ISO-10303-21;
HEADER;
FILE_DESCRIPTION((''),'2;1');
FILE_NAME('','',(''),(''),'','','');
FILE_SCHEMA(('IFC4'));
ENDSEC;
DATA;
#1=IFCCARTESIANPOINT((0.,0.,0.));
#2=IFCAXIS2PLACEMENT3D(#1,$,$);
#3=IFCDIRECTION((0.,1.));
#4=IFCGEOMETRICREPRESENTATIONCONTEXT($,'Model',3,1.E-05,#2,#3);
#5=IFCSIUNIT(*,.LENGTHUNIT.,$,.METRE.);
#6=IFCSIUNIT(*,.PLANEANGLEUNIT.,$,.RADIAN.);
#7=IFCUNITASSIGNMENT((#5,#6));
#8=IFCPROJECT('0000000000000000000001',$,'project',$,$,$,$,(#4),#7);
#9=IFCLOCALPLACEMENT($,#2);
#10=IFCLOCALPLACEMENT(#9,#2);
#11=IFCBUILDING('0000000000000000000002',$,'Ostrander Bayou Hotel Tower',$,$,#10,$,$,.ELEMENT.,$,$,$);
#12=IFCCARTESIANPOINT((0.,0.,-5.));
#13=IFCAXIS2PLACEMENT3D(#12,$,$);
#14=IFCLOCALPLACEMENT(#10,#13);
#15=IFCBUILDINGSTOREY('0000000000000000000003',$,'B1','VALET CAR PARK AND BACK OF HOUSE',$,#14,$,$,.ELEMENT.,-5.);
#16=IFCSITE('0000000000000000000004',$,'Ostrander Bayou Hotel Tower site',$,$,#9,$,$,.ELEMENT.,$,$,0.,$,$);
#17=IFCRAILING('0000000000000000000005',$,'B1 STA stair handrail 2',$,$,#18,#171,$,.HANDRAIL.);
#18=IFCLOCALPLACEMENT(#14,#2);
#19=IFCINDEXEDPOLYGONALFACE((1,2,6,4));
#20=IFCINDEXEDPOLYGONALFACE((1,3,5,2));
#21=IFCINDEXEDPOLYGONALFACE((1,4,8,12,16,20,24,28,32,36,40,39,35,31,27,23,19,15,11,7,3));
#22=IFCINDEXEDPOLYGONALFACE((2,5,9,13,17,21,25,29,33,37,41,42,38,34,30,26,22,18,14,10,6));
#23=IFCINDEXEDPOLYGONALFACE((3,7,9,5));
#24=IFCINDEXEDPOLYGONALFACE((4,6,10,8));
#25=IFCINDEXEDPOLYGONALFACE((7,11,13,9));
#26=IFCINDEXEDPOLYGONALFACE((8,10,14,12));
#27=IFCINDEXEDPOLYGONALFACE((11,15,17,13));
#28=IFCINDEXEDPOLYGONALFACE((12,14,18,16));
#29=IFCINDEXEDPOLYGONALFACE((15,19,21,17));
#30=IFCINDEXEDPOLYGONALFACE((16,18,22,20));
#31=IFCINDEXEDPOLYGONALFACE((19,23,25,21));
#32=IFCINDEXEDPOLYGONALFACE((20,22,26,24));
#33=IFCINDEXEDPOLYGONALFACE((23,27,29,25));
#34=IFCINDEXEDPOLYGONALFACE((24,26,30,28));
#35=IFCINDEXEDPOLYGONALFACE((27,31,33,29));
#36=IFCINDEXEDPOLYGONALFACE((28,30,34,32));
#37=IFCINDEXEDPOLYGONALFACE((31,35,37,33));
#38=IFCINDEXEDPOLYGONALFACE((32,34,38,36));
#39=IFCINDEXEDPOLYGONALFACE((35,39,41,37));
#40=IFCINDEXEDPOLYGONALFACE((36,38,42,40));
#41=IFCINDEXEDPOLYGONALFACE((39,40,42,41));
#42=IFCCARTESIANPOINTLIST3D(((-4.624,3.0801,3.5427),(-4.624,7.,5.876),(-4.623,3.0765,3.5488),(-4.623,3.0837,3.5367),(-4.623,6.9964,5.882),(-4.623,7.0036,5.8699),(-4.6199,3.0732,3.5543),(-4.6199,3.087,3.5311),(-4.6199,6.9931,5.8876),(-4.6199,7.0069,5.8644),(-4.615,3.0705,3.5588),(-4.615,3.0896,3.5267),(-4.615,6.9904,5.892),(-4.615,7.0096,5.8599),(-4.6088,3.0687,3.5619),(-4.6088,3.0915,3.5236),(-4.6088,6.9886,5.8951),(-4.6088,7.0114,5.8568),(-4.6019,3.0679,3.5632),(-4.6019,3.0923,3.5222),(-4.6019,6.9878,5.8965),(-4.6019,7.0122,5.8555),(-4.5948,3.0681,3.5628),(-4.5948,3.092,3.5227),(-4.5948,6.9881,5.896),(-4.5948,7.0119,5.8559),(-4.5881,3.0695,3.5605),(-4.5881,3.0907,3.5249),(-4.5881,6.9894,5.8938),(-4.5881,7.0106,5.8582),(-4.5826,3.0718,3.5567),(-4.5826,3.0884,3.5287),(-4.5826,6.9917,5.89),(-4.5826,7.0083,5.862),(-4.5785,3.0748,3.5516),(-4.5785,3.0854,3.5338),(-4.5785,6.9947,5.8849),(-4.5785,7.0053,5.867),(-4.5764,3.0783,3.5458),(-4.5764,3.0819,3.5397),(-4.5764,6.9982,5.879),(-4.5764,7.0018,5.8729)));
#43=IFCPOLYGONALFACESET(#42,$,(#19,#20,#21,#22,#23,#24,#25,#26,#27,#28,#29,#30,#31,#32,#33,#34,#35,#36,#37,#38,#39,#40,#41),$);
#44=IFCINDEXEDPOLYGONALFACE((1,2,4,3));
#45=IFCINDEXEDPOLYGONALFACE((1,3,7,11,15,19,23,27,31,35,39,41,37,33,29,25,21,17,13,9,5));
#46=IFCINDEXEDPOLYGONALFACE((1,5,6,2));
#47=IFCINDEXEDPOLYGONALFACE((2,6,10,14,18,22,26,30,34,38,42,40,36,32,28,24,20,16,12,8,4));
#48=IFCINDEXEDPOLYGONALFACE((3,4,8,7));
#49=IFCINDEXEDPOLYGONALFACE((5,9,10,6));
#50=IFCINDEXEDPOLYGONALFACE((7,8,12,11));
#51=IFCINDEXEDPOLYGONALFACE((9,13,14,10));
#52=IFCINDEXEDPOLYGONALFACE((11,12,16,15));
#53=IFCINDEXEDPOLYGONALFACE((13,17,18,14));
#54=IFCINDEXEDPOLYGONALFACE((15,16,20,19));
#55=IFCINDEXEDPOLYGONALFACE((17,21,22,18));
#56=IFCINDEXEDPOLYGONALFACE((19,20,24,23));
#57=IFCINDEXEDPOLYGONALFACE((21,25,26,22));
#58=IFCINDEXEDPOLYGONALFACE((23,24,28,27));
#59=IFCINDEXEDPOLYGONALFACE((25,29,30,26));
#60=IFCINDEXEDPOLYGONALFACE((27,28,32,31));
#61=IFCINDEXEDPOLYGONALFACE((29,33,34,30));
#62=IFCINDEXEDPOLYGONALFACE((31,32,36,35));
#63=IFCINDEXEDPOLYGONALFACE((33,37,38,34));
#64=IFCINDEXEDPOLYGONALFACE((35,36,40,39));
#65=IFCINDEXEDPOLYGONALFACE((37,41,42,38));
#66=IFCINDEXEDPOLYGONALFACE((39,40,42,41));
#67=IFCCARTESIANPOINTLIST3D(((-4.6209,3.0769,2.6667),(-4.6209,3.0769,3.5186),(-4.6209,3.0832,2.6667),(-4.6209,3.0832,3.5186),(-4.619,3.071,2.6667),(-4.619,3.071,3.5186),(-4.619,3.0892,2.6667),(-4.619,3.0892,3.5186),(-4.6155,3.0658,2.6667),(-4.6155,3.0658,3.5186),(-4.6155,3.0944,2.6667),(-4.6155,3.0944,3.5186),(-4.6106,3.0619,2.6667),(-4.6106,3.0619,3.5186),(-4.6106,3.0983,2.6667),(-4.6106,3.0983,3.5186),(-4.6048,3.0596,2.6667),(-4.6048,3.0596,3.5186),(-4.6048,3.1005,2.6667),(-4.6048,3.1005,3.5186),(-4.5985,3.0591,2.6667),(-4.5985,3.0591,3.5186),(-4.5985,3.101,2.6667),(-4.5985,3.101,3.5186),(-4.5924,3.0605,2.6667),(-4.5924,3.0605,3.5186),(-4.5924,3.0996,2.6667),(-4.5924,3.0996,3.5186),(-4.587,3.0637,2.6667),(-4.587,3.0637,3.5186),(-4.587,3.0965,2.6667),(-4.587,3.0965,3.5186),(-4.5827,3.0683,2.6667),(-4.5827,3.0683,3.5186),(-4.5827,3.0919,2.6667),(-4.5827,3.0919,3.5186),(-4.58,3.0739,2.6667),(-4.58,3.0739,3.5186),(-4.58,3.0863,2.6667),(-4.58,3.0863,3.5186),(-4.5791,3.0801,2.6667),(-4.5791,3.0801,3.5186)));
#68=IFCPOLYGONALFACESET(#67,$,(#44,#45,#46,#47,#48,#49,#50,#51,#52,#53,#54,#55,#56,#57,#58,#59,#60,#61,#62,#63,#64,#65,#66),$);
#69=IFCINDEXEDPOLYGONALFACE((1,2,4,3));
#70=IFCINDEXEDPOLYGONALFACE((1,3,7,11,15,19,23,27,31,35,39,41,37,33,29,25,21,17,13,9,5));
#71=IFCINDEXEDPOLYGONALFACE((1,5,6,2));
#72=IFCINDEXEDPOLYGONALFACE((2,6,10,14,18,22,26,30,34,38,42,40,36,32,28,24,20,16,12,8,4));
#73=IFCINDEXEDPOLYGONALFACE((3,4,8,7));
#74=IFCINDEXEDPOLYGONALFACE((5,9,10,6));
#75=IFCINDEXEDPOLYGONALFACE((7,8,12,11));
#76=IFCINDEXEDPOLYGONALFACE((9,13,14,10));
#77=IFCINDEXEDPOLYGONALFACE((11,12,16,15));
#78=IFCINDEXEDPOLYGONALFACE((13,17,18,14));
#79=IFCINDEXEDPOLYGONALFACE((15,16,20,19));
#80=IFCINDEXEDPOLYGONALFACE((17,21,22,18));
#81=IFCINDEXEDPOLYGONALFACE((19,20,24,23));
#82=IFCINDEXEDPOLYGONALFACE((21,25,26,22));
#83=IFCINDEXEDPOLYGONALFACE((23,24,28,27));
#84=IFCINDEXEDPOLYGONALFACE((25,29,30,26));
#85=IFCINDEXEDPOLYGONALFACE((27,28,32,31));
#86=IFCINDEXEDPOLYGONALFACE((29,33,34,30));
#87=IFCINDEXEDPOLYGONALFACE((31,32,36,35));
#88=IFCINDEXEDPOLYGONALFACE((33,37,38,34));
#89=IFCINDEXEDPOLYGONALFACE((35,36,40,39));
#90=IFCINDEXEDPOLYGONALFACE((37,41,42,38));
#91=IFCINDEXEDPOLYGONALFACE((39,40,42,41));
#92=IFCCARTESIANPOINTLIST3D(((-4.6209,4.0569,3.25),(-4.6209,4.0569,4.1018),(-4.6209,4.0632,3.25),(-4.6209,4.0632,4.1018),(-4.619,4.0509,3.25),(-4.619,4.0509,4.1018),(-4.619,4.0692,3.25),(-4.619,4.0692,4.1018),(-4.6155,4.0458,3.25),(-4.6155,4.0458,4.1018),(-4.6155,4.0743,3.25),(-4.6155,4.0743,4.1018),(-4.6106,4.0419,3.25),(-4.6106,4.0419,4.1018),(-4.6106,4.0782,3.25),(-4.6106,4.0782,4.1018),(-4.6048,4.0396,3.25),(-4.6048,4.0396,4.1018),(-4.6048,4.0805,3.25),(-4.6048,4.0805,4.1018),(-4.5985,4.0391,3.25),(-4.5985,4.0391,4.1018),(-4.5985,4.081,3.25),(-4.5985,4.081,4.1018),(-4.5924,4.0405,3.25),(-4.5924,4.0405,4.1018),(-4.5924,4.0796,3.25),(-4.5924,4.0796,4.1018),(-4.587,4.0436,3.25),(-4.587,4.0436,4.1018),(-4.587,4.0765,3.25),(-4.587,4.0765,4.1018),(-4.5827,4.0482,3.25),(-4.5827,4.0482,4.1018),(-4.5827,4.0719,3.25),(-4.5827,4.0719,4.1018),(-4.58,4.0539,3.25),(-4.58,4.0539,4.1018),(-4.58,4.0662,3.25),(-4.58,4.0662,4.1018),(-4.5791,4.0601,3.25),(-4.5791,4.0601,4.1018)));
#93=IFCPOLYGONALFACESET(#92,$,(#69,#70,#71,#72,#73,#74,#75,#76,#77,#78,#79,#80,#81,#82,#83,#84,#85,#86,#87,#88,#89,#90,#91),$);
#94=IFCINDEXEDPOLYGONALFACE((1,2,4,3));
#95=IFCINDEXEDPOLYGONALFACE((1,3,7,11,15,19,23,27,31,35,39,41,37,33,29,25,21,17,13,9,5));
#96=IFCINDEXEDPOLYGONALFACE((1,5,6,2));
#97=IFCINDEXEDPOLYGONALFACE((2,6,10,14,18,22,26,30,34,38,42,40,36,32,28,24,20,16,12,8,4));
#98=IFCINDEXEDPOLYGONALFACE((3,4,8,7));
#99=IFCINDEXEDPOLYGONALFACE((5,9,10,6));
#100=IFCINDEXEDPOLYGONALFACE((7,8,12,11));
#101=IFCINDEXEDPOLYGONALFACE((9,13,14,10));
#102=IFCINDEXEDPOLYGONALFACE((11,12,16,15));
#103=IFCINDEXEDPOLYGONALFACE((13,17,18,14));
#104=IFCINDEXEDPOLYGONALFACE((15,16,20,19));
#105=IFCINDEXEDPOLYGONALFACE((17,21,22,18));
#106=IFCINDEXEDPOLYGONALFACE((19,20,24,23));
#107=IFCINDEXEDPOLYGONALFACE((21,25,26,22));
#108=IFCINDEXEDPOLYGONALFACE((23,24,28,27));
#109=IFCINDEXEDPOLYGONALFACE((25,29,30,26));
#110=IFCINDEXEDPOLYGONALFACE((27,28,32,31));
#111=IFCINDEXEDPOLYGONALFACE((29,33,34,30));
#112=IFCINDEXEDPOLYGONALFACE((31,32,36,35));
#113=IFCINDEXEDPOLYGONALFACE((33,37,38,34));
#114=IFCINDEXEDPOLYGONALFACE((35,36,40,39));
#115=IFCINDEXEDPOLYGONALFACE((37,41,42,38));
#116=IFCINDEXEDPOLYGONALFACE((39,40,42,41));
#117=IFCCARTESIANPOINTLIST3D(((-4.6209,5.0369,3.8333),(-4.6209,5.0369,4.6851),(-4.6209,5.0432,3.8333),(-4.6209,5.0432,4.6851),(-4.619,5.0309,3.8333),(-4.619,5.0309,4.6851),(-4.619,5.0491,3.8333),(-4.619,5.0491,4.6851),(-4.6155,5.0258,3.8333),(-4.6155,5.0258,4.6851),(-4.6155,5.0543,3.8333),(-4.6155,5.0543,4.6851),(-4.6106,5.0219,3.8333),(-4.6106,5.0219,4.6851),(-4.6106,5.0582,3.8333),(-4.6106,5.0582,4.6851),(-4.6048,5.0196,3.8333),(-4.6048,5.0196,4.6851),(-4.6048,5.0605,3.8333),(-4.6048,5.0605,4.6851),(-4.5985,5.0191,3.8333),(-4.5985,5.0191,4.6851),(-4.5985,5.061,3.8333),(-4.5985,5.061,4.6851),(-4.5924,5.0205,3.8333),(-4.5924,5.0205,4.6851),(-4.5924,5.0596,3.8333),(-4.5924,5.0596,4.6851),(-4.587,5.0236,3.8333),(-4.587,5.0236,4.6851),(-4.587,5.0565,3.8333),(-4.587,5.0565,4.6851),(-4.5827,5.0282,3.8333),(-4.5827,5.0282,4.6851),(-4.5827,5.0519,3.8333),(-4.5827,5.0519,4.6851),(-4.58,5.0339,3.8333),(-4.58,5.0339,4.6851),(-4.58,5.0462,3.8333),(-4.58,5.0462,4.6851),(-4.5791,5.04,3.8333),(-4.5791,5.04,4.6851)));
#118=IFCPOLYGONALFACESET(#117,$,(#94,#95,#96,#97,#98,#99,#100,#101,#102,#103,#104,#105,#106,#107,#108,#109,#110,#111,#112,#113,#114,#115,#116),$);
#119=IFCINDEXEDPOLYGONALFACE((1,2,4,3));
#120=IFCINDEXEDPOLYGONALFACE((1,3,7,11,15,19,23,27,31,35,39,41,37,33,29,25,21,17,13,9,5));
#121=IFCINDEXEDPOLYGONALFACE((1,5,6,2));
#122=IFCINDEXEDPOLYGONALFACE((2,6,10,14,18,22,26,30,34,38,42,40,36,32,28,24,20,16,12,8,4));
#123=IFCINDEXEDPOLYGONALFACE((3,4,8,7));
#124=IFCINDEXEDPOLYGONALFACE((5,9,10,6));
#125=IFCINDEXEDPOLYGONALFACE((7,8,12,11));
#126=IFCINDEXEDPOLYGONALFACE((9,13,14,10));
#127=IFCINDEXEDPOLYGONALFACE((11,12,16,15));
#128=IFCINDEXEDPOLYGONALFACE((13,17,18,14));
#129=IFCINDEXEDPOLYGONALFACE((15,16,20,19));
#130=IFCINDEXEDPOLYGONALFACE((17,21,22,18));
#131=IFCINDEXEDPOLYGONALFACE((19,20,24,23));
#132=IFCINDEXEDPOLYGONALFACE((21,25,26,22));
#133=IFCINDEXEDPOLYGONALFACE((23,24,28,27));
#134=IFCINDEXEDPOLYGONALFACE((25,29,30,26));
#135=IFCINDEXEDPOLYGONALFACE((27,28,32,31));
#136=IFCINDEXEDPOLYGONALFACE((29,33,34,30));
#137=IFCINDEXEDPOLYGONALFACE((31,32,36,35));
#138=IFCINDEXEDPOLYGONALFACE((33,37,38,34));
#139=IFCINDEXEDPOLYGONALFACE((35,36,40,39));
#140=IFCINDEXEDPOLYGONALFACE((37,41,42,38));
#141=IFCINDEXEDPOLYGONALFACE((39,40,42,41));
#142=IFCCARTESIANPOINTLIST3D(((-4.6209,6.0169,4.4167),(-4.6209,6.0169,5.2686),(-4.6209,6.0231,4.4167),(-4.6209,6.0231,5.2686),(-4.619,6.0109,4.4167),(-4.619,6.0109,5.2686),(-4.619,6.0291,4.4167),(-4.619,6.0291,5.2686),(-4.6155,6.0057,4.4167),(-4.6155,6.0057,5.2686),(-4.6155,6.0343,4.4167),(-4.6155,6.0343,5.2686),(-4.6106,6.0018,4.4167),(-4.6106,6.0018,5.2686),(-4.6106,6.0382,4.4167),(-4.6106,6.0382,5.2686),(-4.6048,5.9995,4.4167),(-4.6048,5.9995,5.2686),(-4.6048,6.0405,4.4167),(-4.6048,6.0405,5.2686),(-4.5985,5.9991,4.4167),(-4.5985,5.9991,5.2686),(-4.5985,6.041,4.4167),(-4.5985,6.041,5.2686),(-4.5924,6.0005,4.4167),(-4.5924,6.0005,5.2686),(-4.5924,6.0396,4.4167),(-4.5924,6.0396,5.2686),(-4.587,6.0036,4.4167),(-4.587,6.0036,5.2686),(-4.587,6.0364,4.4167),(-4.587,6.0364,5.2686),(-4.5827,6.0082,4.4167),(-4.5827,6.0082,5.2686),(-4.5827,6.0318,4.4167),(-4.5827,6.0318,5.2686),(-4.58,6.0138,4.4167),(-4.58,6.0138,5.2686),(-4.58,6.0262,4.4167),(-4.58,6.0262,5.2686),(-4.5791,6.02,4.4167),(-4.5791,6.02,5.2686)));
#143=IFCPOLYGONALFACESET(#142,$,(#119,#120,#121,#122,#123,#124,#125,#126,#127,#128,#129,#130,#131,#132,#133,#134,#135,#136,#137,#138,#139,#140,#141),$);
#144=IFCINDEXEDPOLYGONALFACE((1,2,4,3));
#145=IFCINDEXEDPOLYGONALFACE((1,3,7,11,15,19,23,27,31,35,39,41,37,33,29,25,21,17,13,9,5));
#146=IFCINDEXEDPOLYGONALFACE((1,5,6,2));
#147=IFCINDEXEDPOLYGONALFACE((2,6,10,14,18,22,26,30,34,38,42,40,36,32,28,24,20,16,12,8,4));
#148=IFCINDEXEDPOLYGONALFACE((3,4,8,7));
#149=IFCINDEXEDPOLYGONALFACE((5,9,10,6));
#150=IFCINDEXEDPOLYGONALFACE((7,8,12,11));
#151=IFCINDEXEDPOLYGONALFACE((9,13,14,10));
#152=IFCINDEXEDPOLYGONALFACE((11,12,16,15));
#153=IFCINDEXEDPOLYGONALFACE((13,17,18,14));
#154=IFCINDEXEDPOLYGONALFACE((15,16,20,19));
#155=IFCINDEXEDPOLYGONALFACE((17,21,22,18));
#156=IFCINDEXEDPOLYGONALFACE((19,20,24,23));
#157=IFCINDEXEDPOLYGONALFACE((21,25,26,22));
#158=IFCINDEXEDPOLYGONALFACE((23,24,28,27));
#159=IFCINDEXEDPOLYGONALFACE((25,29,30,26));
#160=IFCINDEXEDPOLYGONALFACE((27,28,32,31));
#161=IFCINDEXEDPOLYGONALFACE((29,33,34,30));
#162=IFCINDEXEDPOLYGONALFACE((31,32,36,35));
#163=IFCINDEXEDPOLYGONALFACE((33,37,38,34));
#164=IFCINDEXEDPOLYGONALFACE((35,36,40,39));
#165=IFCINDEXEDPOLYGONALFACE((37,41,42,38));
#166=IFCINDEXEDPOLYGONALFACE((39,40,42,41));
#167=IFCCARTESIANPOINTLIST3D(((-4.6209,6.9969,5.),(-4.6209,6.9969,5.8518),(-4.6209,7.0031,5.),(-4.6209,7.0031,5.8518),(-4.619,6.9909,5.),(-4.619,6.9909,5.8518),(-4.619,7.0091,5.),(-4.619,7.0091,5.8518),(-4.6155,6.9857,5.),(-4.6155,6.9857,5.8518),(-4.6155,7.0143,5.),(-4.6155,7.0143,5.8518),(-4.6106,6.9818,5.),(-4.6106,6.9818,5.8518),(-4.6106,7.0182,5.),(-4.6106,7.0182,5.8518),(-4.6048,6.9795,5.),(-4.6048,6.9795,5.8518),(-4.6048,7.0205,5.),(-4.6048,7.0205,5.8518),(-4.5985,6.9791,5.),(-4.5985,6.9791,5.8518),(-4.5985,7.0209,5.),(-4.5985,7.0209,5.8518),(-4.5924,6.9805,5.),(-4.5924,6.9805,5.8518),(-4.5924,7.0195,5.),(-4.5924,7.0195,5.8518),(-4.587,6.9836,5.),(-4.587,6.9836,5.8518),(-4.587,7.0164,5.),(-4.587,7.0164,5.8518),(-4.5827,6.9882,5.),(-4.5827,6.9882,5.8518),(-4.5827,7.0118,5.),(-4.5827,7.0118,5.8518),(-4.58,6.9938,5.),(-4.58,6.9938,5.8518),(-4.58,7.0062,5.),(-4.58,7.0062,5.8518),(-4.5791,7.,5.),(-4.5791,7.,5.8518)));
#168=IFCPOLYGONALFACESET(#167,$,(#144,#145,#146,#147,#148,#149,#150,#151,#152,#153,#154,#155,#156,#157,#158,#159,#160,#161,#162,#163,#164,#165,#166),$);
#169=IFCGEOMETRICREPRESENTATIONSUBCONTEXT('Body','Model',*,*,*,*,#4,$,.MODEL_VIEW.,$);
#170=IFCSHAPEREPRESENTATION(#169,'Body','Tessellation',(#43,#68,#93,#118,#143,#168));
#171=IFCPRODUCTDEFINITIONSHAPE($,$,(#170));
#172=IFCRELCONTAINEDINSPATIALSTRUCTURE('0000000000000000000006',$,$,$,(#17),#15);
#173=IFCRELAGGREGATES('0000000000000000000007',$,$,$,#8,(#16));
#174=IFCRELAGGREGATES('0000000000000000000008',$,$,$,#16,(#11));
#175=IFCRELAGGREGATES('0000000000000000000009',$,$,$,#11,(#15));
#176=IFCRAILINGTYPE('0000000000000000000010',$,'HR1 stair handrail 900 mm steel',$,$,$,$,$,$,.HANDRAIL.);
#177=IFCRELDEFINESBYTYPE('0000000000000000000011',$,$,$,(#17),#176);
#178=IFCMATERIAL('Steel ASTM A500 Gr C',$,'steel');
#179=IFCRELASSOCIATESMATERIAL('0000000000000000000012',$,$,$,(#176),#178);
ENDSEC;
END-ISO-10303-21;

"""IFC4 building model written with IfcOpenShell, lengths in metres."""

from ifc_helpers import new_model, si_unit, direction, frame, origin, origin_2d, place, context, subcontext, project, spatial, circle, extrude, material, type_object, element, save


model = new_model("IFC4")

# Units and contexts
model_context = context("Model", 3, precision=1e-05, world=origin(), true_north=direction((0.0, 1.0)))
body_context = subcontext(model_context, "Body", "Model", "MODEL_VIEW")
ifc_project = project(units=[si_unit("LENGTHUNIT", "METRE"), si_unit("PLANEANGLEUNIT", "RADIAN")], contexts=[model_context])

# Site, building, storey
site_placement = place(None, origin())
site = spatial("IfcSite", under=ifc_project, at=site_placement, Name="Ostrander Bayou Hotel Tower site", CompositionType="ELEMENT", RefElevation=0.0)
building_placement = place(site_placement, origin())
building = spatial("IfcBuilding", under=site, at=building_placement, Name="Ostrander Bayou Hotel Tower", CompositionType="ELEMENT")
storey_placement = place(building_placement, frame((0.0, 0.0, -5.0)))
storey = spatial("IfcBuildingStorey", under=building, at=storey_placement, Name="B1", Description="VALET CAR PARK AND BACK OF HOUSE", CompositionType="ELEMENT", Elevation=-5.0)

# Railing
ifc_material_1 = material(Name="Steel ASTM A500 Gr C", Category="steel")
railing_type_1 = type_object("IfcRailingType", Name="HR1 stair handrail 900 mm steel", PredefinedType="HANDRAIL", material=ifc_material_1)
railing_1_placement = place(storey_placement, frame((-4.6001, 3.0801, 2.6667)))
element("IfcRailing", 1, at=railing_1_placement, inside=storey, type_object=railing_type_1, Name="B1 STA stair handrail 2", PredefinedType="HANDRAIL", context=body_context, shape_type="SweptSolid", body=[
    extrude(circle(Radius=0.0239, at=origin_2d()), frame((0.0, 0.0, 0.876), z_axis=(0.0, 0.859296, 0.511478), x_axis=(-1.0, 0.0, 0.0)), (0.0, 0.0, 1.0), 4.5618),
    extrude(circle(Radius=0.021, at=origin_2d()), origin(), (0.0, 0.0, 1.0), 0.8518),
    extrude(circle(Radius=0.021, at=origin_2d()), frame((0.0, 0.98, 0.5833)), (0.0, 0.0, 1.0), 0.8518),
    extrude(circle(Radius=0.021, at=origin_2d()), frame((0.0, 1.96, 1.1665)), (0.0, 0.0, 1.0), 0.8518),
    extrude(circle(Radius=0.021, at=origin_2d()), frame((0.0, 2.9399, 1.75)), (0.0, 0.0, 1.0), 0.8518),
    extrude(circle(Radius=0.021, at=origin_2d()), frame((0.0, 3.9199, 2.3333)), (0.0, 0.0, 1.0), 0.8518),
])

save(model, "model.ifc")
